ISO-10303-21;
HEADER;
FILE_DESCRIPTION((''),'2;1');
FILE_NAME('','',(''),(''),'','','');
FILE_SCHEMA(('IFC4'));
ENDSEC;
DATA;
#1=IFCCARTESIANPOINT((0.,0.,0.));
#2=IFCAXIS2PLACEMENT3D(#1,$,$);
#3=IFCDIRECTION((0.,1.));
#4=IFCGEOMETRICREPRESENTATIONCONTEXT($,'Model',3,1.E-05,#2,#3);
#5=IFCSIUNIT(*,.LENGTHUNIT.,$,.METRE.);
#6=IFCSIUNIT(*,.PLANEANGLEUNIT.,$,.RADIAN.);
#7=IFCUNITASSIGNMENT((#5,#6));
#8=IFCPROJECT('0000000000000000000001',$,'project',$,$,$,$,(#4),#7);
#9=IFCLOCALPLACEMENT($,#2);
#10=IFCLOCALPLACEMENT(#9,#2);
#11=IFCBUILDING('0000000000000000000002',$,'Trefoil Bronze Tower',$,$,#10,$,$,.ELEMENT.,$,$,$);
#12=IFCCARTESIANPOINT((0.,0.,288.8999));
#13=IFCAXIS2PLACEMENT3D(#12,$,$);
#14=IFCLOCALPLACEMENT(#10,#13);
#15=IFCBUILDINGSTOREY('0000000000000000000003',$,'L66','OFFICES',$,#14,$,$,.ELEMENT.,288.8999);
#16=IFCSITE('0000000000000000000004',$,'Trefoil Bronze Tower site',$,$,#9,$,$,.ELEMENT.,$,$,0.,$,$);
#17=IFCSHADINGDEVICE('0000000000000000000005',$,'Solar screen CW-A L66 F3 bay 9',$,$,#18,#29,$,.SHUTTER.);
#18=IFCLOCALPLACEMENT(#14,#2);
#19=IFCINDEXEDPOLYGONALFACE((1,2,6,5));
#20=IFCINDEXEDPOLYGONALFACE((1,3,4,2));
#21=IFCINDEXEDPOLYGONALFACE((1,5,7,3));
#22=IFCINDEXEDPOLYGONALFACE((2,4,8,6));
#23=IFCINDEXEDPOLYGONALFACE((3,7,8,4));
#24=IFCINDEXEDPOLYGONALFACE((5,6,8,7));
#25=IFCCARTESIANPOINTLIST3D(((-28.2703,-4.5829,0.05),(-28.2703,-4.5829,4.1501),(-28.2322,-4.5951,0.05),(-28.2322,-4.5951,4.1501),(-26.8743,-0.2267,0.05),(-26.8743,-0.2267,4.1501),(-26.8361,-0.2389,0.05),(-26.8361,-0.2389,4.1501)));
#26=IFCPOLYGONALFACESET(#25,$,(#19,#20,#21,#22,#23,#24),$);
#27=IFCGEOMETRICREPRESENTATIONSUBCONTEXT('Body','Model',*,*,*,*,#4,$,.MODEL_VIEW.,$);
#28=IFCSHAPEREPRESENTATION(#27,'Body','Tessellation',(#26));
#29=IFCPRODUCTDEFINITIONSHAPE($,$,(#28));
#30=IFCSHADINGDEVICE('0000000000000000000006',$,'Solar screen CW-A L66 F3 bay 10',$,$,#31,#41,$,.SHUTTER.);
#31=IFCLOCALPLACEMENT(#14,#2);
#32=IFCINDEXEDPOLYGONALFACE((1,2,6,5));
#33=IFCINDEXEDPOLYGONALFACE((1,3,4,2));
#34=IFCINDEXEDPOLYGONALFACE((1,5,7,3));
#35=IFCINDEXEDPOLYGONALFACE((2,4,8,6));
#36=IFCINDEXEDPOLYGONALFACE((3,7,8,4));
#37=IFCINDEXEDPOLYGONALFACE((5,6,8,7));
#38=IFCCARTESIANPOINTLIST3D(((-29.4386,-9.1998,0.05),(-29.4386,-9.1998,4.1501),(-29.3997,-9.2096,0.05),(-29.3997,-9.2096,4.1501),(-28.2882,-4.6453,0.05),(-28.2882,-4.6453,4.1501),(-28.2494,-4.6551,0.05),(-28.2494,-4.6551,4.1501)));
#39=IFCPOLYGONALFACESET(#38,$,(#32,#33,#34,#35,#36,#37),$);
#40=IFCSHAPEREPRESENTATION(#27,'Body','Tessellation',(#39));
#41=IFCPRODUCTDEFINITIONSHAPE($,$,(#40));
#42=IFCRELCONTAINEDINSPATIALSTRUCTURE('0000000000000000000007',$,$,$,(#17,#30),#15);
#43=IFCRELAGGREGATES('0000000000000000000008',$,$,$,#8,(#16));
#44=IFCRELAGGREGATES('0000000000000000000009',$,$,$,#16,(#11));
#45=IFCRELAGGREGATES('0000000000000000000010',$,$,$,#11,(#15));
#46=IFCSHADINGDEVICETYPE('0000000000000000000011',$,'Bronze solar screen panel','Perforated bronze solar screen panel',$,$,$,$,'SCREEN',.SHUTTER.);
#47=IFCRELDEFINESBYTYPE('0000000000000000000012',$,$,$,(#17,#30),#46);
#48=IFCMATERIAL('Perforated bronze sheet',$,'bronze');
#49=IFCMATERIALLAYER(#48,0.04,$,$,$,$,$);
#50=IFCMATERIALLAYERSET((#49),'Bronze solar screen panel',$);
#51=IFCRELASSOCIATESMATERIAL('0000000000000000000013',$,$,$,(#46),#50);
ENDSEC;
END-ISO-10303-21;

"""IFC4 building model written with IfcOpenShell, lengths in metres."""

from ifc_helpers import new_model, si_unit, direction, frame, origin, origin_2d, place, context, subcontext, project, spatial, rectangle, extrude, material, layer, layer_set, type_object, element, save


model = new_model("IFC4")

# Units and contexts
model_context = context("Model", 3, precision=1e-05, world=origin(), true_north=direction((0.0, 1.0)))
body_context = subcontext(model_context, "Body", "Model", "MODEL_VIEW")
ifc_project = project(units=[si_unit("LENGTHUNIT", "METRE"), si_unit("PLANEANGLEUNIT", "RADIAN")], contexts=[model_context])

# Site, building, storey
site_placement = place(None, origin())
site = spatial("IfcSite", under=ifc_project, at=site_placement, Name="Trefoil Bronze Tower site", CompositionType="ELEMENT", RefElevation=0.0)
building_placement = place(site_placement, origin())
building = spatial("IfcBuilding", under=site, at=building_placement, Name="Trefoil Bronze Tower", CompositionType="ELEMENT")
storey_placement = place(building_placement, frame((0.0, 0.0, 288.8999)))
storey = spatial("IfcBuildingStorey", under=building, at=storey_placement, Name="L66", Description="OFFICES", CompositionType="ELEMENT", Elevation=288.8999)

# Shading devices
ifc_material_1 = material(Name="Perforated bronze sheet", Category="bronze")
ifc_layer_1 = layer(ifc_material_1, 0.04)
ifc_layer_set_1 = layer_set([ifc_layer_1], Name="Bronze solar screen panel")
shading_device_type = type_object("IfcShadingDeviceType", Name="Bronze solar screen panel", Description="Perforated bronze solar screen panel", ElementType="SCREEN", PredefinedType="SHUTTER", material=ifc_layer_set_1)
shading_device_1_placement = place(storey_placement, frame((-27.5532, -2.4109, 0.05), z_axis=(0.0, 0.0, 1.0), x_axis=(-0.305188, -0.952292, 0.0)))
element("IfcShadingDevice", 1, at=shading_device_1_placement, inside=storey, type_object=shading_device_type, Name="Solar screen CW-A L66 F3 bay 9", PredefinedType="SHUTTER", context=body_context, shape_type="SweptSolid", body=[
    extrude(rectangle(XDim=4.5745, YDim=0.04, at=origin_2d()), origin(), (0.0, 0.0, 1.0), 4.1001),
])
shading_device_2_placement = place(storey_placement, frame((-28.844, -6.9275, 0.05), z_axis=(0.0, 0.0, 1.0), x_axis=(-0.24488, -0.969554, 0.0)))
element("IfcShadingDevice", 2, at=shading_device_2_placement, inside=storey, type_object=shading_device_type, Name="Solar screen CW-A L66 F3 bay 10", PredefinedType="SHUTTER", context=body_context, shape_type="SweptSolid", body=[
    extrude(rectangle(XDim=4.6975, YDim=0.04, at=origin_2d()), origin(), (0.0, 0.0, 1.0), 4.1001),
])

save(model, "model.ifc")
